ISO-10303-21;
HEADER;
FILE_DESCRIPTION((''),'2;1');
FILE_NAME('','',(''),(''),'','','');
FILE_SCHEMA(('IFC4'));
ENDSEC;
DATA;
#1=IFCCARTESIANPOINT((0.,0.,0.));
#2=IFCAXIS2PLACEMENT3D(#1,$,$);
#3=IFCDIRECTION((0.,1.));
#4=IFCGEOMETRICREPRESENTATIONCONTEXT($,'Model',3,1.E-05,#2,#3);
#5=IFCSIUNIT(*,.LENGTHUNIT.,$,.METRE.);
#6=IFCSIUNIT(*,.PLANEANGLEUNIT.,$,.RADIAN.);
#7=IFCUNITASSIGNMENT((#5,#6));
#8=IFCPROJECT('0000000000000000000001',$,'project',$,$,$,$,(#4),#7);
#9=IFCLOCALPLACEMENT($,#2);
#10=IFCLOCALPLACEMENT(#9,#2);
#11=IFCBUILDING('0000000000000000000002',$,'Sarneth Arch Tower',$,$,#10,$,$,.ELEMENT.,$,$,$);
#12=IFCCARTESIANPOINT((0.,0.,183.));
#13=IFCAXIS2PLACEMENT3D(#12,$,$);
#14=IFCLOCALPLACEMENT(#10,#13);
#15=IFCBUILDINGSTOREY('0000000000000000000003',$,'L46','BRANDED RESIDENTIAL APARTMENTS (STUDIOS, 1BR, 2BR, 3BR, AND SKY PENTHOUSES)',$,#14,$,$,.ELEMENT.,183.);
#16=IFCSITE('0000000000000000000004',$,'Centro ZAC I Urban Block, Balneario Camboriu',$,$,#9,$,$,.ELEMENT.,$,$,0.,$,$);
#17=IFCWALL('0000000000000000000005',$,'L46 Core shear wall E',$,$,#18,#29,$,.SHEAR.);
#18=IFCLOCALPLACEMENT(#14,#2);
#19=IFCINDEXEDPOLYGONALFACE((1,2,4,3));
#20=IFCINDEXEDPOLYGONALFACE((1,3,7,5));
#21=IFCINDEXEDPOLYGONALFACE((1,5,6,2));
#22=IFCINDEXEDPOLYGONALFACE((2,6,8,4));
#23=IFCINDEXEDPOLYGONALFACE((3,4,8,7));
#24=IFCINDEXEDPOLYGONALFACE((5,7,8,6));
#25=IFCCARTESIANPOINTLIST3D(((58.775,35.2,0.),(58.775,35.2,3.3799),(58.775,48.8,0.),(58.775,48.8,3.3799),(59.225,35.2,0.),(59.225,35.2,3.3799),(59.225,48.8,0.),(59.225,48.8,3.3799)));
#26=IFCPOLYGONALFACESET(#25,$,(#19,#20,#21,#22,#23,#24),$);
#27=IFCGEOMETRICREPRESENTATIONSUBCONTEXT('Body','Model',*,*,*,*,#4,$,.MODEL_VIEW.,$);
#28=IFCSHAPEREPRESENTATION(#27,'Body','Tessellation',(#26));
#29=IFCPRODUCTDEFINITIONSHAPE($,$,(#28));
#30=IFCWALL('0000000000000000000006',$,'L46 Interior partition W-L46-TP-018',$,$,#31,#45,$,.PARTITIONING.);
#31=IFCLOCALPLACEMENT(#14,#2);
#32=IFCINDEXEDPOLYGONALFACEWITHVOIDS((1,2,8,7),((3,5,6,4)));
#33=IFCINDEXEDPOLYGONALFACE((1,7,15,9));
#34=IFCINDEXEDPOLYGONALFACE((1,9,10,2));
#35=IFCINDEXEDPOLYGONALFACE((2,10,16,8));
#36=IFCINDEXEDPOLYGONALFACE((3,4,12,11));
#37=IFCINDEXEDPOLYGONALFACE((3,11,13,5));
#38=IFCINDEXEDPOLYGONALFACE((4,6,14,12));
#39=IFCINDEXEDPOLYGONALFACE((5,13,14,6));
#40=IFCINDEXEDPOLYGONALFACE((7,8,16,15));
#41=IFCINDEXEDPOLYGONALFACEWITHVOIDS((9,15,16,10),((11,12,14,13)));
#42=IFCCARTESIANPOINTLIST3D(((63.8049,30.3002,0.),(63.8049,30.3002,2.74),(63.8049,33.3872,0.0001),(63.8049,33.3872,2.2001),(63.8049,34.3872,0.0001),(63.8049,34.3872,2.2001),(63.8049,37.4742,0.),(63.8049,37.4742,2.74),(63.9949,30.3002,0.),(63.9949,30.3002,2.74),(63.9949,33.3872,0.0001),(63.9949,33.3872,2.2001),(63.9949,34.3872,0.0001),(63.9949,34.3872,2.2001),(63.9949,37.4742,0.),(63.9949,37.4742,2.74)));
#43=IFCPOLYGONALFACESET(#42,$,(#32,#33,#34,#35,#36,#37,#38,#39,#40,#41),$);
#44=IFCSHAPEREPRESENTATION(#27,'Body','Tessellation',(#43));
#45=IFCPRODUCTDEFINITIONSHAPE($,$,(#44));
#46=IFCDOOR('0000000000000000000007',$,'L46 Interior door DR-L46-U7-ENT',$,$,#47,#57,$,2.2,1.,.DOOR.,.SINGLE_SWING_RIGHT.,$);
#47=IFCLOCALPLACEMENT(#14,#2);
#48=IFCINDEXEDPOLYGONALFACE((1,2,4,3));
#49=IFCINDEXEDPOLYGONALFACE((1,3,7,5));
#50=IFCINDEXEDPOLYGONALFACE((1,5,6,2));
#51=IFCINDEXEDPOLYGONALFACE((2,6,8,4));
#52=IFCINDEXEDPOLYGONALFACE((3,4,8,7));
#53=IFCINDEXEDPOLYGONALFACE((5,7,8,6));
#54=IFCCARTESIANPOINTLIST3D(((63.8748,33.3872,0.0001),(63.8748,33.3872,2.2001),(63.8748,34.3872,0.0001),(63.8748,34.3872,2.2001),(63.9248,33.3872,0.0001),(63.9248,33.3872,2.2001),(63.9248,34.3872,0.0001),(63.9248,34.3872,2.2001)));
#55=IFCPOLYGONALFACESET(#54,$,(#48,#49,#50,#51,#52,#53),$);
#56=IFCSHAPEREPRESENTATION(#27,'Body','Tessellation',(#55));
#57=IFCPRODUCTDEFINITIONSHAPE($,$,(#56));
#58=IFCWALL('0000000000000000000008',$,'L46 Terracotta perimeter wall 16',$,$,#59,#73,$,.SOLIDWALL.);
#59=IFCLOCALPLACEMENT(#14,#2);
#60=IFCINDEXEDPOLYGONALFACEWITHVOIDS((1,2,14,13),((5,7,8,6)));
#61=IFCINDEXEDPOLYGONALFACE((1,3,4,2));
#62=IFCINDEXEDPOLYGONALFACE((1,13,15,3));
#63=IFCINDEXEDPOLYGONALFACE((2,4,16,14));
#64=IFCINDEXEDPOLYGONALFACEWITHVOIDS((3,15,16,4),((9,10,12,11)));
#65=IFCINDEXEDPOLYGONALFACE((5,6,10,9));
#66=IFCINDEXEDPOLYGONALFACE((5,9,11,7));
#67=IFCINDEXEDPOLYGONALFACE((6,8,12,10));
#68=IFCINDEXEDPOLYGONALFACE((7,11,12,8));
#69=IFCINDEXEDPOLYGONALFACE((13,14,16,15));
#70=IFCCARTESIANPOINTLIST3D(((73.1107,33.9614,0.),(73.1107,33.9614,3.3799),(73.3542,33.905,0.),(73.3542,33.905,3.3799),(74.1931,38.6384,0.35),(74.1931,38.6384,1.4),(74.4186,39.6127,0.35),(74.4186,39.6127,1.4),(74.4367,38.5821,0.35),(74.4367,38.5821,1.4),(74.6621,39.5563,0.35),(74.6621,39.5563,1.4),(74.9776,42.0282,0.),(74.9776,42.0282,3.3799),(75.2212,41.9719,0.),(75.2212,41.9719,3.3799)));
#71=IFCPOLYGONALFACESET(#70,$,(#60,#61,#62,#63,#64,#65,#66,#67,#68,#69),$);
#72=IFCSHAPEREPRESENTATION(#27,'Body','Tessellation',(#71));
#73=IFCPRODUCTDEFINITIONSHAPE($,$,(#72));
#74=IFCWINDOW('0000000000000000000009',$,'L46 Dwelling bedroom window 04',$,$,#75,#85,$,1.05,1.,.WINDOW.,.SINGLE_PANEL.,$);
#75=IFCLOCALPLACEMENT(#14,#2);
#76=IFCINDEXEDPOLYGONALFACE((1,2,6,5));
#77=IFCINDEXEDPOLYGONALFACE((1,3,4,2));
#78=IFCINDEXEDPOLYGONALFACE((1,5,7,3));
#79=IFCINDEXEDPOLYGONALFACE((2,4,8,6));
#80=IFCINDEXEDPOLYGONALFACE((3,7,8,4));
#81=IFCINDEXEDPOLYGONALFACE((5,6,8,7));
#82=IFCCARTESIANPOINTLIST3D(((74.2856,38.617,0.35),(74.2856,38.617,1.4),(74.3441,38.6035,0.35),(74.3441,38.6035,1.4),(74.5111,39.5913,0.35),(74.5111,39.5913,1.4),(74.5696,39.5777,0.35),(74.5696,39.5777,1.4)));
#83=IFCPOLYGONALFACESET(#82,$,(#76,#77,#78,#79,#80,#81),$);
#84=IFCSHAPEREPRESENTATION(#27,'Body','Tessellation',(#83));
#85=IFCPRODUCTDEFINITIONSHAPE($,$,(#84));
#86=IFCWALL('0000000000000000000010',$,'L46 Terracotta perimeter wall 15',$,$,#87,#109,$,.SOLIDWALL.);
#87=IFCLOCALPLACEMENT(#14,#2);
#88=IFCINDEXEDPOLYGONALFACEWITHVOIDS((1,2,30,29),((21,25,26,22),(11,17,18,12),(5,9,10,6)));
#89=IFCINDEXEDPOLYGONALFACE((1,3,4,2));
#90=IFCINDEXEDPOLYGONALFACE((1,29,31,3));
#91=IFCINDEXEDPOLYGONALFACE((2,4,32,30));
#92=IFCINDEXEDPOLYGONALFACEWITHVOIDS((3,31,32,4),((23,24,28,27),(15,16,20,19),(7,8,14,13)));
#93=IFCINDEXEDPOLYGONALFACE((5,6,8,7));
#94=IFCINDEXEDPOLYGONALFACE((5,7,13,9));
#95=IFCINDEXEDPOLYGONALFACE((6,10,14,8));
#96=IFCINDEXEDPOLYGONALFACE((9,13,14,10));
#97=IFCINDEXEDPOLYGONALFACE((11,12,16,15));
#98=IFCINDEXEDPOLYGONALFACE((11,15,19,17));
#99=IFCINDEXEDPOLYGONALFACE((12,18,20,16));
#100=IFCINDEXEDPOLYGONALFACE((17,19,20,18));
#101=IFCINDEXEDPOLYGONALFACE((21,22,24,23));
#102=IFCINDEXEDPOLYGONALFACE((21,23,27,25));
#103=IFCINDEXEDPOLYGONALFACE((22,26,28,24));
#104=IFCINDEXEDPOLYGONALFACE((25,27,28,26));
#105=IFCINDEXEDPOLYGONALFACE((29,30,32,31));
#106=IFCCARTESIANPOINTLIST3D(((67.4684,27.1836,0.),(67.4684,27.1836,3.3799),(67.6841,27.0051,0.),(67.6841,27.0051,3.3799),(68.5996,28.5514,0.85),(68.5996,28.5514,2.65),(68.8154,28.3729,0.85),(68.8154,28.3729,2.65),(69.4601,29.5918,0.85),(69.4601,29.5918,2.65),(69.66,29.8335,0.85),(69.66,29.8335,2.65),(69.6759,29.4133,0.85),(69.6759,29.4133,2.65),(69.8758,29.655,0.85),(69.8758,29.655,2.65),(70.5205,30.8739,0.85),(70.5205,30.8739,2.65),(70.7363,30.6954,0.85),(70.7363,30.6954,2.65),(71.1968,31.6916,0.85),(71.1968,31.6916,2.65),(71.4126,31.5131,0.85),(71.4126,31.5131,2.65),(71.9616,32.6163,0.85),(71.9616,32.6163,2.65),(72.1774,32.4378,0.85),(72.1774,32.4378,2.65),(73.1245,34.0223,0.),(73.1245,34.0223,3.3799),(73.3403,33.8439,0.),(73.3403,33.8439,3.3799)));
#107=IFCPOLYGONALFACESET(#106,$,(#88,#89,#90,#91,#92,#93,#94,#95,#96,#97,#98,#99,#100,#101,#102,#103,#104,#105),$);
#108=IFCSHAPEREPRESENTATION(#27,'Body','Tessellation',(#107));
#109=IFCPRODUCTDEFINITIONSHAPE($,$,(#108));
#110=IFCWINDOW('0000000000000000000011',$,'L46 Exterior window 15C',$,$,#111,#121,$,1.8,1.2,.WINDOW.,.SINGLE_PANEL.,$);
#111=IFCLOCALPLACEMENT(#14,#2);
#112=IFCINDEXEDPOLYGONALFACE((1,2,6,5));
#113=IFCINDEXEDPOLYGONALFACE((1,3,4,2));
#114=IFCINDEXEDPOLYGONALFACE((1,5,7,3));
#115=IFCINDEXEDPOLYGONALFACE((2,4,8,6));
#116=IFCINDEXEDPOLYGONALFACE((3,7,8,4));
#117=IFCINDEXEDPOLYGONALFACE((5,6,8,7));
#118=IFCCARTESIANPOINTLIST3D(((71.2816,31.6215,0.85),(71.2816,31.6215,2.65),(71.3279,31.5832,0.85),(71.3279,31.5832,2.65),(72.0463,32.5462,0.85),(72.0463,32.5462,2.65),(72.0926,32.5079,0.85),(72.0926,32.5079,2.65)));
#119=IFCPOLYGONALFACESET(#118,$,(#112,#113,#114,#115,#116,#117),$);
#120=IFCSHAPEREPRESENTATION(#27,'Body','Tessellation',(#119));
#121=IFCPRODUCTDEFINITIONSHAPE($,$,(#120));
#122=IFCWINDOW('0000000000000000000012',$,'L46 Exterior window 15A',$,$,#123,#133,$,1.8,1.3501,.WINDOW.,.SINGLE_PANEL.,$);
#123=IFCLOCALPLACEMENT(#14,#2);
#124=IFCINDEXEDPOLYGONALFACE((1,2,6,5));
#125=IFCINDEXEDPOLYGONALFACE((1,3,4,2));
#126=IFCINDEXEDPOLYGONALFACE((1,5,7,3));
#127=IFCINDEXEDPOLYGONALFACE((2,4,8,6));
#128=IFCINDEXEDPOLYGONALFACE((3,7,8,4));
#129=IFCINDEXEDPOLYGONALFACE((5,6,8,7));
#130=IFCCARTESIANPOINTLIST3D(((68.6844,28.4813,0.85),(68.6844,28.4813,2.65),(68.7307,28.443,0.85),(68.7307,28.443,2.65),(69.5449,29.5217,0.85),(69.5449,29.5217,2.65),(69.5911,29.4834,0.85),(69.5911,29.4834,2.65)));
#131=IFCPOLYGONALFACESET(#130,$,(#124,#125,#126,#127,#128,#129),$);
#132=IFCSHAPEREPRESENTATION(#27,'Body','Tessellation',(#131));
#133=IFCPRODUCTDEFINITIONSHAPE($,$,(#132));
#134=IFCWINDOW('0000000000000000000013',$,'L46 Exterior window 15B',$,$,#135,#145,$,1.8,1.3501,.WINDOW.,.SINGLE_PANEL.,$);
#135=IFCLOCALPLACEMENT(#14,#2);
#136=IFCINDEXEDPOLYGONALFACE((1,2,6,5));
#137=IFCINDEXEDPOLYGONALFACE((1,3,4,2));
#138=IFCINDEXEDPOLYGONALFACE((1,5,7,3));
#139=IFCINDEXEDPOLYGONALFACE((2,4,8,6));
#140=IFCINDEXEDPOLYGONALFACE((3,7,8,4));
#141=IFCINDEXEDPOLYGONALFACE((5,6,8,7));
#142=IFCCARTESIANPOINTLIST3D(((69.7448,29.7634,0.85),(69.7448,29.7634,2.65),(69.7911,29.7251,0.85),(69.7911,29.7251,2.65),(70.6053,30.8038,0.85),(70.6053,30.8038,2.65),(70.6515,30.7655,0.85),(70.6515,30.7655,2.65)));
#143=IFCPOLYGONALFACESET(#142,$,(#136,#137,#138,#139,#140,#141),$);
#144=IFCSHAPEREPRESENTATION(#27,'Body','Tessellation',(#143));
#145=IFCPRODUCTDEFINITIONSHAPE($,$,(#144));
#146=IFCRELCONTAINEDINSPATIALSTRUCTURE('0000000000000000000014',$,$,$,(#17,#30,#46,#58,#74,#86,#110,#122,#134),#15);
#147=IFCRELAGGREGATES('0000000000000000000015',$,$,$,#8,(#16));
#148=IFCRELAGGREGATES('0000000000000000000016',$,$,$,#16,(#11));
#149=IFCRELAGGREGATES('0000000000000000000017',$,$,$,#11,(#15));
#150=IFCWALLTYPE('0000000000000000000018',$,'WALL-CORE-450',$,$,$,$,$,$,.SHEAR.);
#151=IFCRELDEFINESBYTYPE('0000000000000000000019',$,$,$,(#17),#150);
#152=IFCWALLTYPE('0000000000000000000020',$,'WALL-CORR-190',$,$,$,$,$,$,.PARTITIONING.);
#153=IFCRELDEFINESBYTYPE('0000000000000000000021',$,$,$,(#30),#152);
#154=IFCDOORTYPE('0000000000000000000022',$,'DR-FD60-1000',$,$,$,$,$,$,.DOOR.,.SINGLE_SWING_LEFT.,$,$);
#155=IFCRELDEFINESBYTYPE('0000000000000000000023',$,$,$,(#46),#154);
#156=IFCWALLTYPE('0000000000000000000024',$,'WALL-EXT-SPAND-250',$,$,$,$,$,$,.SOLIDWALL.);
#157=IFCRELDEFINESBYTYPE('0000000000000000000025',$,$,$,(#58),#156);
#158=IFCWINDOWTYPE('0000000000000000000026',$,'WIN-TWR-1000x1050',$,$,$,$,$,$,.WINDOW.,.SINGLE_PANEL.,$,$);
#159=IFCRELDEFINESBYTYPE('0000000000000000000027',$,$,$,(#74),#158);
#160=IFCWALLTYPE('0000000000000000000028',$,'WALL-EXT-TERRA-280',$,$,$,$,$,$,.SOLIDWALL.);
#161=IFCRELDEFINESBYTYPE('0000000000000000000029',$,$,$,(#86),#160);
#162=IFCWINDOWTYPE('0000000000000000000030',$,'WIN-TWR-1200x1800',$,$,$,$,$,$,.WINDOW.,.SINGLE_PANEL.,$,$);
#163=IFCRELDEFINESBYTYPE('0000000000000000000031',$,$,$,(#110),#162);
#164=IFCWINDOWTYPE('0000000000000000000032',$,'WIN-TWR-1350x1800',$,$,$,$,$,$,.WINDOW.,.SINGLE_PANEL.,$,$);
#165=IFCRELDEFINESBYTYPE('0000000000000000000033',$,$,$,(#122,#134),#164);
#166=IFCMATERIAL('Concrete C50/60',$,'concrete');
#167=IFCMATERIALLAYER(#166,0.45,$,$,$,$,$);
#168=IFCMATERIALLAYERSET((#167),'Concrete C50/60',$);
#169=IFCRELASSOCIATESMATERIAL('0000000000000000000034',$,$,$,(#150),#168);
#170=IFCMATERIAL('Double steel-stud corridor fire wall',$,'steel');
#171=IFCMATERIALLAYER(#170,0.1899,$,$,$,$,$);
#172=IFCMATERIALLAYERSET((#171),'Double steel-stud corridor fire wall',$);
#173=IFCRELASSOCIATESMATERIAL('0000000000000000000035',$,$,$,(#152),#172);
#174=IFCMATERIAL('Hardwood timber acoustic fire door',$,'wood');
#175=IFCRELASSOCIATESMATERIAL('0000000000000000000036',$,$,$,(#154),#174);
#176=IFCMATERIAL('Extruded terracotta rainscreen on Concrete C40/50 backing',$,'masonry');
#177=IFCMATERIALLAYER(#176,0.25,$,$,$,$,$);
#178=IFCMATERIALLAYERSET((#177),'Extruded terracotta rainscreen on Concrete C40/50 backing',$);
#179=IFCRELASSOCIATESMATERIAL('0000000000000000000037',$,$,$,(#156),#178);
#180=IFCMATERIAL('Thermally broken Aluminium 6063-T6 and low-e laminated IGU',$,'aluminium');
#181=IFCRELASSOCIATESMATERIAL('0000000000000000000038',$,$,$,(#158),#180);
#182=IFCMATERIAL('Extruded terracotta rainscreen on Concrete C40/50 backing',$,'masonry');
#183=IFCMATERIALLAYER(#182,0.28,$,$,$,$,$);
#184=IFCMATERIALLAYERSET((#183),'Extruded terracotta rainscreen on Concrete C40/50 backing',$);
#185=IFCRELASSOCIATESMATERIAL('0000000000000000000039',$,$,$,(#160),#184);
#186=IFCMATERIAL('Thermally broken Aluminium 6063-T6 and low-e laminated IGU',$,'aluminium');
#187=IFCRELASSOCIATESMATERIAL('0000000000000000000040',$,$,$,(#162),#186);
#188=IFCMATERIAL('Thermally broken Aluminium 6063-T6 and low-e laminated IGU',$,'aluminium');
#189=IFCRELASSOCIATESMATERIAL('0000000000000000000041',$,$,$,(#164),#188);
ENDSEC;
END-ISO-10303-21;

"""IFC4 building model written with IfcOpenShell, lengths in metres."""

from ifc_helpers import new_model, si_unit, direction, frame, frame_2d, origin, place, context, subcontext, project, spatial, rectangle, extrude, material, layer, layer_set, type_object, element, fill, save


model = new_model("IFC4")

# Units and contexts
model_context = context("Model", 3, precision=1e-05, world=origin(), true_north=direction((0.0, 1.0)))
body_context = subcontext(model_context, "Body", "Model", "MODEL_VIEW")
ifc_project = project(units=[si_unit("LENGTHUNIT", "METRE"), si_unit("PLANEANGLEUNIT", "RADIAN")], contexts=[model_context])

# Site, building, storey
site_placement = place(None, origin())
site = spatial("IfcSite", under=ifc_project, at=site_placement, Name="Centro ZAC I Urban Block, Balneario Camboriu", CompositionType="ELEMENT", RefElevation=0.0)
building_placement = place(site_placement, origin())
building = spatial("IfcBuilding", under=site, at=building_placement, Name="Sarneth Arch Tower", CompositionType="ELEMENT")
storey_placement = place(building_placement, frame((0.0, 0.0, 183.0)))
storey = spatial("IfcBuildingStorey", under=building, at=storey_placement, Name="L46", Description="BRANDED RESIDENTIAL APARTMENTS (STUDIOS, 1BR, 2BR, 3BR, AND SKY PENTHOUSES)", CompositionType="ELEMENT", Elevation=183.0)

# Wall
ifc_material_1 = material(Name="Concrete C50/60", Category="concrete")
ifc_layer_1 = layer(ifc_material_1, 0.45)
ifc_layer_set_1 = layer_set([ifc_layer_1], Name="Concrete C50/60")
wall_type_1 = type_object("IfcWallType", Name="WALL-CORE-450", PredefinedType="SHEAR", material=ifc_layer_set_1)
wall_1_placement = place(storey_placement, frame((59.0, 35.2, 0.0), z_axis=(0.0, 0.0, 1.0), x_axis=(0.0, 1.0, 0.0)))
element("IfcWall", 1, at=wall_1_placement, inside=storey, type_object=wall_type_1, Name="L46 Core shear wall E", PredefinedType="SHEAR", context=body_context, shape_type="SweptSolid", body=[
    extrude(rectangle(XDim=13.6001, YDim=0.45, at=frame_2d((6.8, 0.0))), origin(), (0.0, 0.0, 1.0), 3.3799),
])

# Wall, opening, door
ifc_material_2 = material(Name="Double steel-stud corridor fire wall", Category="steel")
ifc_layer_2 = layer(ifc_material_2, 0.1899)
ifc_layer_set_2 = layer_set([ifc_layer_2], Name="Double steel-stud corridor fire wall")
wall_type_2 = type_object("IfcWallType", Name="WALL-CORR-190", PredefinedType="PARTITIONING", material=ifc_layer_set_2)
wall_2_placement = place(storey_placement, frame((63.8999, 37.4741, 0.0), z_axis=(0.0, 0.0, 1.0), x_axis=(0.0, -1.0, 0.0)))
wall_2 = element("IfcWall", 2, at=wall_2_placement, inside=storey, type_object=wall_type_2, Name="L46 Interior partition W-L46-TP-018", PredefinedType="PARTITIONING", context=body_context, shape_type="SweptSolid", body=[
    extrude(rectangle(XDim=7.1741, YDim=0.1899, at=frame_2d((3.5869, 0.0))), origin(), (0.0, 0.0, 1.0), 2.74),
])
opening_1_placement = place(wall_2_placement, frame((3.0869, 0.0, 0.0)))
opening_1 = element("IfcOpeningElement", 3, at=opening_1_placement, cuts=wall_2, PredefinedType="OPENING", context=body_context, shape_type="SweptSolid", body=[
    extrude(rectangle(XDim=1.0, YDim=2.2, at=frame_2d((0.5, 1.1001))), frame((0.0, 0.105, 0.0), z_axis=(0.0, -1.0, 0.0), x_axis=(1.0, 0.0, 0.0)), (0.0, 0.0, 1.0), 0.21),
])
ifc_material_3 = material(Name="Hardwood timber acoustic fire door", Category="wood")
door_type_1 = type_object("IfcDoorType", Name="DR-FD60-1000", OperationType="SINGLE_SWING_LEFT", PredefinedType="DOOR", material=ifc_material_3)
door_1_placement = place(opening_1_placement, origin())
door_1 = element("IfcDoor", 4, at=door_1_placement, inside=storey, type_object=door_type_1, Name="L46 Interior door DR-L46-U7-ENT", OperationType="SINGLE_SWING_RIGHT", OverallHeight=2.2, OverallWidth=1.0, PredefinedType="DOOR", context=body_context, shape_type="SweptSolid", body=[
    extrude(rectangle(XDim=1.0, YDim=2.2, at=frame_2d((0.5, 1.1001))), frame((0.0, 0.0249, 0.0), z_axis=(0.0, -1.0, 0.0), x_axis=(1.0, 0.0, 0.0)), (0.0, 0.0, 1.0), 0.05),
])
fill(opening_1, door_1)

# Wall, opening, window
ifc_material_4 = material(Name="Extruded terracotta rainscreen on Concrete C40/50 backing", Category="masonry")
ifc_layer_3 = layer(ifc_material_4, 0.25)
ifc_layer_set_3 = layer_set([ifc_layer_3], Name="Extruded terracotta rainscreen on Concrete C40/50 backing")
wall_type_3 = type_object("IfcWallType", Name="WALL-EXT-SPAND-250", PredefinedType="SOLIDWALL", material=ifc_layer_set_3)
wall_3_placement = place(storey_placement, frame((73.2324, 33.9331, 0.0), z_axis=(0.0, 0.0, 1.0), x_axis=(0.225473, 0.974249, 0.0)))
wall_3 = element("IfcWall", 5, at=wall_3_placement, inside=storey, type_object=wall_type_3, Name="L46 Terracotta perimeter wall 16", PredefinedType="SOLIDWALL", context=body_context, shape_type="SweptSolid", body=[
    extrude(rectangle(XDim=8.28, YDim=0.25, at=frame_2d((4.1401, 0.0))), origin(), (0.0, 0.0, 1.0), 3.3799),
])
opening_2_placement = place(wall_3_placement, frame((4.8008, 0.0, 0.3501)))
opening_2 = element("IfcOpeningElement", 6, at=opening_2_placement, cuts=wall_3, PredefinedType="OPENING", context=body_context, shape_type="SweptSolid", body=[
    extrude(rectangle(XDim=1.0, YDim=1.05, at=frame_2d((0.5, 0.5249))), frame((0.0, 0.135, 0.0), z_axis=(0.0, -1.0, 0.0), x_axis=(1.0, 0.0, 0.0)), (0.0, 0.0, 1.0), 0.27),
])
ifc_material_5 = material(Name="Thermally broken Aluminium 6063-T6 and low-e laminated IGU", Category="aluminium")
window_type_1 = type_object("IfcWindowType", Name="WIN-TWR-1000x1050", PartitioningType="SINGLE_PANEL", PredefinedType="WINDOW", material=ifc_material_5)
window_1_placement = place(opening_2_placement, origin())
window_1 = element("IfcWindow", 7, at=window_1_placement, inside=storey, type_object=window_type_1, Name="L46 Dwelling bedroom window 04", OverallHeight=1.05, OverallWidth=1.0, PartitioningType="SINGLE_PANEL", PredefinedType="WINDOW", context=body_context, shape_type="SweptSolid", body=[
    extrude(rectangle(XDim=1.0, YDim=1.05, at=frame_2d((0.5, 0.5249))), frame((0.0, 0.03, 0.0), z_axis=(0.0, -1.0, 0.0), x_axis=(1.0, 0.0, 0.0)), (0.0, 0.0, 1.0), 0.0601),
])
fill(opening_2, window_1)

# Wall, openings, windows
ifc_material_6 = material(Name="Extruded terracotta rainscreen on Concrete C40/50 backing", Category="masonry")
ifc_layer_4 = layer(ifc_material_6, 0.28)
ifc_layer_set_4 = layer_set([ifc_layer_4], Name="Extruded terracotta rainscreen on Concrete C40/50 backing")
wall_type_4 = type_object("IfcWallType", Name="WALL-EXT-TERRA-280", PredefinedType="SOLIDWALL", material=ifc_layer_set_4)
wall_4_placement = place(storey_placement, frame((67.5762, 27.0942, 0.0), z_axis=(0.0, 0.0, 1.0), x_axis=(0.637333, 0.770588, 0.0)))
wall_4 = element("IfcWall", 8, at=wall_4_placement, inside=storey, type_object=wall_type_4, Name="L46 Terracotta perimeter wall 15", PredefinedType="SOLIDWALL", context=body_context, shape_type="SweptSolid", body=[
    extrude(rectangle(XDim=8.8748, YDim=0.28, at=frame_2d((4.4375, 0.0))), origin(), (0.0, 0.0, 1.0), 3.3799),
])
opening_3_placement = place(wall_4_placement, frame((1.7751, 0.0, 0.8501)))
opening_3 = element("IfcOpeningElement", 9, at=opening_3_placement, cuts=wall_4, PredefinedType="OPENING", context=body_context, shape_type="SweptSolid", body=[
    extrude(rectangle(XDim=1.3501, YDim=1.8, at=frame_2d((0.675, 0.8999))), frame((0.0, 0.1499, 0.0), z_axis=(0.0, -1.0, 0.0), x_axis=(1.0, 0.0, 0.0)), (0.0, 0.0, 1.0), 0.3),
])
opening_4_placement = place(wall_4_placement, frame((3.439, 0.0, 0.8501)))
opening_4 = element("IfcOpeningElement", 10, at=opening_4_placement, cuts=wall_4, PredefinedType="OPENING", context=body_context, shape_type="SweptSolid", body=[
    extrude(rectangle(XDim=1.3501, YDim=1.8, at=frame_2d((0.675, 0.8999))), frame((0.0, 0.1499, 0.0), z_axis=(0.0, -1.0, 0.0), x_axis=(1.0, 0.0, 0.0)), (0.0, 0.0, 1.0), 0.3),
])
opening_5_placement = place(wall_4_placement, frame((5.8501, 0.0, 0.8501)))
opening_5 = element("IfcOpeningElement", 11, at=opening_5_placement, cuts=wall_4, PredefinedType="OPENING", context=body_context, shape_type="SweptSolid", body=[
    extrude(rectangle(XDim=1.2, YDim=1.8, at=frame_2d((0.6001, 0.8999))), frame((0.0, 0.1499, 0.0), z_axis=(0.0, -1.0, 0.0), x_axis=(1.0, 0.0, 0.0)), (0.0, 0.0, 1.0), 0.3),
])
ifc_material_7 = material(Name="Thermally broken Aluminium 6063-T6 and low-e laminated IGU", Category="aluminium")
window_type_2 = type_object("IfcWindowType", Name="WIN-TWR-1200x1800", PartitioningType="SINGLE_PANEL", PredefinedType="WINDOW", material=ifc_material_7)
window_2_placement = place(opening_5_placement, origin())
window_2 = element("IfcWindow", 12, at=window_2_placement, inside=storey, type_object=window_type_2, Name="L46 Exterior window 15C", OverallHeight=1.8, OverallWidth=1.2, PartitioningType="SINGLE_PANEL", PredefinedType="WINDOW", context=body_context, shape_type="SweptSolid", body=[
    extrude(rectangle(XDim=1.2, YDim=1.8, at=frame_2d((0.6001, 0.8999))), frame((0.0, 0.03, 0.0), z_axis=(0.0, -1.0, 0.0), x_axis=(1.0, 0.0, 0.0)), (0.0, 0.0, 1.0), 0.0601),
])
fill(opening_5, window_2)
ifc_material_8 = material(Name="Thermally broken Aluminium 6063-T6 and low-e laminated IGU", Category="aluminium")
window_type_3 = type_object("IfcWindowType", Name="WIN-TWR-1350x1800", PartitioningType="SINGLE_PANEL", PredefinedType="WINDOW", material=ifc_material_8)
window_3_placement = place(opening_3_placement, origin())
window_3 = element("IfcWindow", 13, at=window_3_placement, inside=storey, type_object=window_type_3, Name="L46 Exterior window 15A", OverallHeight=1.8, OverallWidth=1.3501, PartitioningType="SINGLE_PANEL", PredefinedType="WINDOW", context=body_context, shape_type="SweptSolid", body=[
    extrude(rectangle(XDim=1.3501, YDim=1.8, at=frame_2d((0.675, 0.8999))), frame((0.0, 0.03, 0.0), z_axis=(0.0, -1.0, 0.0), x_axis=(1.0, 0.0, 0.0)), (0.0, 0.0, 1.0), 0.0601),
])
fill(opening_3, window_3)
window_4_placement = place(opening_4_placement, origin())
window_4 = element("IfcWindow", 14, at=window_4_placement, inside=storey, type_object=window_type_3, Name="L46 Exterior window 15B", OverallHeight=1.8, OverallWidth=1.3501, PartitioningType="SINGLE_PANEL", PredefinedType="WINDOW", context=body_context, shape_type="SweptSolid", body=[
    extrude(rectangle(XDim=1.3501, YDim=1.8, at=frame_2d((0.675, 0.8999))), frame((0.0, 0.03, 0.0), z_axis=(0.0, -1.0, 0.0), x_axis=(1.0, 0.0, 0.0)), (0.0, 0.0, 1.0), 0.0601),
])
fill(opening_4, window_4)

save(model, "model.ifc")
